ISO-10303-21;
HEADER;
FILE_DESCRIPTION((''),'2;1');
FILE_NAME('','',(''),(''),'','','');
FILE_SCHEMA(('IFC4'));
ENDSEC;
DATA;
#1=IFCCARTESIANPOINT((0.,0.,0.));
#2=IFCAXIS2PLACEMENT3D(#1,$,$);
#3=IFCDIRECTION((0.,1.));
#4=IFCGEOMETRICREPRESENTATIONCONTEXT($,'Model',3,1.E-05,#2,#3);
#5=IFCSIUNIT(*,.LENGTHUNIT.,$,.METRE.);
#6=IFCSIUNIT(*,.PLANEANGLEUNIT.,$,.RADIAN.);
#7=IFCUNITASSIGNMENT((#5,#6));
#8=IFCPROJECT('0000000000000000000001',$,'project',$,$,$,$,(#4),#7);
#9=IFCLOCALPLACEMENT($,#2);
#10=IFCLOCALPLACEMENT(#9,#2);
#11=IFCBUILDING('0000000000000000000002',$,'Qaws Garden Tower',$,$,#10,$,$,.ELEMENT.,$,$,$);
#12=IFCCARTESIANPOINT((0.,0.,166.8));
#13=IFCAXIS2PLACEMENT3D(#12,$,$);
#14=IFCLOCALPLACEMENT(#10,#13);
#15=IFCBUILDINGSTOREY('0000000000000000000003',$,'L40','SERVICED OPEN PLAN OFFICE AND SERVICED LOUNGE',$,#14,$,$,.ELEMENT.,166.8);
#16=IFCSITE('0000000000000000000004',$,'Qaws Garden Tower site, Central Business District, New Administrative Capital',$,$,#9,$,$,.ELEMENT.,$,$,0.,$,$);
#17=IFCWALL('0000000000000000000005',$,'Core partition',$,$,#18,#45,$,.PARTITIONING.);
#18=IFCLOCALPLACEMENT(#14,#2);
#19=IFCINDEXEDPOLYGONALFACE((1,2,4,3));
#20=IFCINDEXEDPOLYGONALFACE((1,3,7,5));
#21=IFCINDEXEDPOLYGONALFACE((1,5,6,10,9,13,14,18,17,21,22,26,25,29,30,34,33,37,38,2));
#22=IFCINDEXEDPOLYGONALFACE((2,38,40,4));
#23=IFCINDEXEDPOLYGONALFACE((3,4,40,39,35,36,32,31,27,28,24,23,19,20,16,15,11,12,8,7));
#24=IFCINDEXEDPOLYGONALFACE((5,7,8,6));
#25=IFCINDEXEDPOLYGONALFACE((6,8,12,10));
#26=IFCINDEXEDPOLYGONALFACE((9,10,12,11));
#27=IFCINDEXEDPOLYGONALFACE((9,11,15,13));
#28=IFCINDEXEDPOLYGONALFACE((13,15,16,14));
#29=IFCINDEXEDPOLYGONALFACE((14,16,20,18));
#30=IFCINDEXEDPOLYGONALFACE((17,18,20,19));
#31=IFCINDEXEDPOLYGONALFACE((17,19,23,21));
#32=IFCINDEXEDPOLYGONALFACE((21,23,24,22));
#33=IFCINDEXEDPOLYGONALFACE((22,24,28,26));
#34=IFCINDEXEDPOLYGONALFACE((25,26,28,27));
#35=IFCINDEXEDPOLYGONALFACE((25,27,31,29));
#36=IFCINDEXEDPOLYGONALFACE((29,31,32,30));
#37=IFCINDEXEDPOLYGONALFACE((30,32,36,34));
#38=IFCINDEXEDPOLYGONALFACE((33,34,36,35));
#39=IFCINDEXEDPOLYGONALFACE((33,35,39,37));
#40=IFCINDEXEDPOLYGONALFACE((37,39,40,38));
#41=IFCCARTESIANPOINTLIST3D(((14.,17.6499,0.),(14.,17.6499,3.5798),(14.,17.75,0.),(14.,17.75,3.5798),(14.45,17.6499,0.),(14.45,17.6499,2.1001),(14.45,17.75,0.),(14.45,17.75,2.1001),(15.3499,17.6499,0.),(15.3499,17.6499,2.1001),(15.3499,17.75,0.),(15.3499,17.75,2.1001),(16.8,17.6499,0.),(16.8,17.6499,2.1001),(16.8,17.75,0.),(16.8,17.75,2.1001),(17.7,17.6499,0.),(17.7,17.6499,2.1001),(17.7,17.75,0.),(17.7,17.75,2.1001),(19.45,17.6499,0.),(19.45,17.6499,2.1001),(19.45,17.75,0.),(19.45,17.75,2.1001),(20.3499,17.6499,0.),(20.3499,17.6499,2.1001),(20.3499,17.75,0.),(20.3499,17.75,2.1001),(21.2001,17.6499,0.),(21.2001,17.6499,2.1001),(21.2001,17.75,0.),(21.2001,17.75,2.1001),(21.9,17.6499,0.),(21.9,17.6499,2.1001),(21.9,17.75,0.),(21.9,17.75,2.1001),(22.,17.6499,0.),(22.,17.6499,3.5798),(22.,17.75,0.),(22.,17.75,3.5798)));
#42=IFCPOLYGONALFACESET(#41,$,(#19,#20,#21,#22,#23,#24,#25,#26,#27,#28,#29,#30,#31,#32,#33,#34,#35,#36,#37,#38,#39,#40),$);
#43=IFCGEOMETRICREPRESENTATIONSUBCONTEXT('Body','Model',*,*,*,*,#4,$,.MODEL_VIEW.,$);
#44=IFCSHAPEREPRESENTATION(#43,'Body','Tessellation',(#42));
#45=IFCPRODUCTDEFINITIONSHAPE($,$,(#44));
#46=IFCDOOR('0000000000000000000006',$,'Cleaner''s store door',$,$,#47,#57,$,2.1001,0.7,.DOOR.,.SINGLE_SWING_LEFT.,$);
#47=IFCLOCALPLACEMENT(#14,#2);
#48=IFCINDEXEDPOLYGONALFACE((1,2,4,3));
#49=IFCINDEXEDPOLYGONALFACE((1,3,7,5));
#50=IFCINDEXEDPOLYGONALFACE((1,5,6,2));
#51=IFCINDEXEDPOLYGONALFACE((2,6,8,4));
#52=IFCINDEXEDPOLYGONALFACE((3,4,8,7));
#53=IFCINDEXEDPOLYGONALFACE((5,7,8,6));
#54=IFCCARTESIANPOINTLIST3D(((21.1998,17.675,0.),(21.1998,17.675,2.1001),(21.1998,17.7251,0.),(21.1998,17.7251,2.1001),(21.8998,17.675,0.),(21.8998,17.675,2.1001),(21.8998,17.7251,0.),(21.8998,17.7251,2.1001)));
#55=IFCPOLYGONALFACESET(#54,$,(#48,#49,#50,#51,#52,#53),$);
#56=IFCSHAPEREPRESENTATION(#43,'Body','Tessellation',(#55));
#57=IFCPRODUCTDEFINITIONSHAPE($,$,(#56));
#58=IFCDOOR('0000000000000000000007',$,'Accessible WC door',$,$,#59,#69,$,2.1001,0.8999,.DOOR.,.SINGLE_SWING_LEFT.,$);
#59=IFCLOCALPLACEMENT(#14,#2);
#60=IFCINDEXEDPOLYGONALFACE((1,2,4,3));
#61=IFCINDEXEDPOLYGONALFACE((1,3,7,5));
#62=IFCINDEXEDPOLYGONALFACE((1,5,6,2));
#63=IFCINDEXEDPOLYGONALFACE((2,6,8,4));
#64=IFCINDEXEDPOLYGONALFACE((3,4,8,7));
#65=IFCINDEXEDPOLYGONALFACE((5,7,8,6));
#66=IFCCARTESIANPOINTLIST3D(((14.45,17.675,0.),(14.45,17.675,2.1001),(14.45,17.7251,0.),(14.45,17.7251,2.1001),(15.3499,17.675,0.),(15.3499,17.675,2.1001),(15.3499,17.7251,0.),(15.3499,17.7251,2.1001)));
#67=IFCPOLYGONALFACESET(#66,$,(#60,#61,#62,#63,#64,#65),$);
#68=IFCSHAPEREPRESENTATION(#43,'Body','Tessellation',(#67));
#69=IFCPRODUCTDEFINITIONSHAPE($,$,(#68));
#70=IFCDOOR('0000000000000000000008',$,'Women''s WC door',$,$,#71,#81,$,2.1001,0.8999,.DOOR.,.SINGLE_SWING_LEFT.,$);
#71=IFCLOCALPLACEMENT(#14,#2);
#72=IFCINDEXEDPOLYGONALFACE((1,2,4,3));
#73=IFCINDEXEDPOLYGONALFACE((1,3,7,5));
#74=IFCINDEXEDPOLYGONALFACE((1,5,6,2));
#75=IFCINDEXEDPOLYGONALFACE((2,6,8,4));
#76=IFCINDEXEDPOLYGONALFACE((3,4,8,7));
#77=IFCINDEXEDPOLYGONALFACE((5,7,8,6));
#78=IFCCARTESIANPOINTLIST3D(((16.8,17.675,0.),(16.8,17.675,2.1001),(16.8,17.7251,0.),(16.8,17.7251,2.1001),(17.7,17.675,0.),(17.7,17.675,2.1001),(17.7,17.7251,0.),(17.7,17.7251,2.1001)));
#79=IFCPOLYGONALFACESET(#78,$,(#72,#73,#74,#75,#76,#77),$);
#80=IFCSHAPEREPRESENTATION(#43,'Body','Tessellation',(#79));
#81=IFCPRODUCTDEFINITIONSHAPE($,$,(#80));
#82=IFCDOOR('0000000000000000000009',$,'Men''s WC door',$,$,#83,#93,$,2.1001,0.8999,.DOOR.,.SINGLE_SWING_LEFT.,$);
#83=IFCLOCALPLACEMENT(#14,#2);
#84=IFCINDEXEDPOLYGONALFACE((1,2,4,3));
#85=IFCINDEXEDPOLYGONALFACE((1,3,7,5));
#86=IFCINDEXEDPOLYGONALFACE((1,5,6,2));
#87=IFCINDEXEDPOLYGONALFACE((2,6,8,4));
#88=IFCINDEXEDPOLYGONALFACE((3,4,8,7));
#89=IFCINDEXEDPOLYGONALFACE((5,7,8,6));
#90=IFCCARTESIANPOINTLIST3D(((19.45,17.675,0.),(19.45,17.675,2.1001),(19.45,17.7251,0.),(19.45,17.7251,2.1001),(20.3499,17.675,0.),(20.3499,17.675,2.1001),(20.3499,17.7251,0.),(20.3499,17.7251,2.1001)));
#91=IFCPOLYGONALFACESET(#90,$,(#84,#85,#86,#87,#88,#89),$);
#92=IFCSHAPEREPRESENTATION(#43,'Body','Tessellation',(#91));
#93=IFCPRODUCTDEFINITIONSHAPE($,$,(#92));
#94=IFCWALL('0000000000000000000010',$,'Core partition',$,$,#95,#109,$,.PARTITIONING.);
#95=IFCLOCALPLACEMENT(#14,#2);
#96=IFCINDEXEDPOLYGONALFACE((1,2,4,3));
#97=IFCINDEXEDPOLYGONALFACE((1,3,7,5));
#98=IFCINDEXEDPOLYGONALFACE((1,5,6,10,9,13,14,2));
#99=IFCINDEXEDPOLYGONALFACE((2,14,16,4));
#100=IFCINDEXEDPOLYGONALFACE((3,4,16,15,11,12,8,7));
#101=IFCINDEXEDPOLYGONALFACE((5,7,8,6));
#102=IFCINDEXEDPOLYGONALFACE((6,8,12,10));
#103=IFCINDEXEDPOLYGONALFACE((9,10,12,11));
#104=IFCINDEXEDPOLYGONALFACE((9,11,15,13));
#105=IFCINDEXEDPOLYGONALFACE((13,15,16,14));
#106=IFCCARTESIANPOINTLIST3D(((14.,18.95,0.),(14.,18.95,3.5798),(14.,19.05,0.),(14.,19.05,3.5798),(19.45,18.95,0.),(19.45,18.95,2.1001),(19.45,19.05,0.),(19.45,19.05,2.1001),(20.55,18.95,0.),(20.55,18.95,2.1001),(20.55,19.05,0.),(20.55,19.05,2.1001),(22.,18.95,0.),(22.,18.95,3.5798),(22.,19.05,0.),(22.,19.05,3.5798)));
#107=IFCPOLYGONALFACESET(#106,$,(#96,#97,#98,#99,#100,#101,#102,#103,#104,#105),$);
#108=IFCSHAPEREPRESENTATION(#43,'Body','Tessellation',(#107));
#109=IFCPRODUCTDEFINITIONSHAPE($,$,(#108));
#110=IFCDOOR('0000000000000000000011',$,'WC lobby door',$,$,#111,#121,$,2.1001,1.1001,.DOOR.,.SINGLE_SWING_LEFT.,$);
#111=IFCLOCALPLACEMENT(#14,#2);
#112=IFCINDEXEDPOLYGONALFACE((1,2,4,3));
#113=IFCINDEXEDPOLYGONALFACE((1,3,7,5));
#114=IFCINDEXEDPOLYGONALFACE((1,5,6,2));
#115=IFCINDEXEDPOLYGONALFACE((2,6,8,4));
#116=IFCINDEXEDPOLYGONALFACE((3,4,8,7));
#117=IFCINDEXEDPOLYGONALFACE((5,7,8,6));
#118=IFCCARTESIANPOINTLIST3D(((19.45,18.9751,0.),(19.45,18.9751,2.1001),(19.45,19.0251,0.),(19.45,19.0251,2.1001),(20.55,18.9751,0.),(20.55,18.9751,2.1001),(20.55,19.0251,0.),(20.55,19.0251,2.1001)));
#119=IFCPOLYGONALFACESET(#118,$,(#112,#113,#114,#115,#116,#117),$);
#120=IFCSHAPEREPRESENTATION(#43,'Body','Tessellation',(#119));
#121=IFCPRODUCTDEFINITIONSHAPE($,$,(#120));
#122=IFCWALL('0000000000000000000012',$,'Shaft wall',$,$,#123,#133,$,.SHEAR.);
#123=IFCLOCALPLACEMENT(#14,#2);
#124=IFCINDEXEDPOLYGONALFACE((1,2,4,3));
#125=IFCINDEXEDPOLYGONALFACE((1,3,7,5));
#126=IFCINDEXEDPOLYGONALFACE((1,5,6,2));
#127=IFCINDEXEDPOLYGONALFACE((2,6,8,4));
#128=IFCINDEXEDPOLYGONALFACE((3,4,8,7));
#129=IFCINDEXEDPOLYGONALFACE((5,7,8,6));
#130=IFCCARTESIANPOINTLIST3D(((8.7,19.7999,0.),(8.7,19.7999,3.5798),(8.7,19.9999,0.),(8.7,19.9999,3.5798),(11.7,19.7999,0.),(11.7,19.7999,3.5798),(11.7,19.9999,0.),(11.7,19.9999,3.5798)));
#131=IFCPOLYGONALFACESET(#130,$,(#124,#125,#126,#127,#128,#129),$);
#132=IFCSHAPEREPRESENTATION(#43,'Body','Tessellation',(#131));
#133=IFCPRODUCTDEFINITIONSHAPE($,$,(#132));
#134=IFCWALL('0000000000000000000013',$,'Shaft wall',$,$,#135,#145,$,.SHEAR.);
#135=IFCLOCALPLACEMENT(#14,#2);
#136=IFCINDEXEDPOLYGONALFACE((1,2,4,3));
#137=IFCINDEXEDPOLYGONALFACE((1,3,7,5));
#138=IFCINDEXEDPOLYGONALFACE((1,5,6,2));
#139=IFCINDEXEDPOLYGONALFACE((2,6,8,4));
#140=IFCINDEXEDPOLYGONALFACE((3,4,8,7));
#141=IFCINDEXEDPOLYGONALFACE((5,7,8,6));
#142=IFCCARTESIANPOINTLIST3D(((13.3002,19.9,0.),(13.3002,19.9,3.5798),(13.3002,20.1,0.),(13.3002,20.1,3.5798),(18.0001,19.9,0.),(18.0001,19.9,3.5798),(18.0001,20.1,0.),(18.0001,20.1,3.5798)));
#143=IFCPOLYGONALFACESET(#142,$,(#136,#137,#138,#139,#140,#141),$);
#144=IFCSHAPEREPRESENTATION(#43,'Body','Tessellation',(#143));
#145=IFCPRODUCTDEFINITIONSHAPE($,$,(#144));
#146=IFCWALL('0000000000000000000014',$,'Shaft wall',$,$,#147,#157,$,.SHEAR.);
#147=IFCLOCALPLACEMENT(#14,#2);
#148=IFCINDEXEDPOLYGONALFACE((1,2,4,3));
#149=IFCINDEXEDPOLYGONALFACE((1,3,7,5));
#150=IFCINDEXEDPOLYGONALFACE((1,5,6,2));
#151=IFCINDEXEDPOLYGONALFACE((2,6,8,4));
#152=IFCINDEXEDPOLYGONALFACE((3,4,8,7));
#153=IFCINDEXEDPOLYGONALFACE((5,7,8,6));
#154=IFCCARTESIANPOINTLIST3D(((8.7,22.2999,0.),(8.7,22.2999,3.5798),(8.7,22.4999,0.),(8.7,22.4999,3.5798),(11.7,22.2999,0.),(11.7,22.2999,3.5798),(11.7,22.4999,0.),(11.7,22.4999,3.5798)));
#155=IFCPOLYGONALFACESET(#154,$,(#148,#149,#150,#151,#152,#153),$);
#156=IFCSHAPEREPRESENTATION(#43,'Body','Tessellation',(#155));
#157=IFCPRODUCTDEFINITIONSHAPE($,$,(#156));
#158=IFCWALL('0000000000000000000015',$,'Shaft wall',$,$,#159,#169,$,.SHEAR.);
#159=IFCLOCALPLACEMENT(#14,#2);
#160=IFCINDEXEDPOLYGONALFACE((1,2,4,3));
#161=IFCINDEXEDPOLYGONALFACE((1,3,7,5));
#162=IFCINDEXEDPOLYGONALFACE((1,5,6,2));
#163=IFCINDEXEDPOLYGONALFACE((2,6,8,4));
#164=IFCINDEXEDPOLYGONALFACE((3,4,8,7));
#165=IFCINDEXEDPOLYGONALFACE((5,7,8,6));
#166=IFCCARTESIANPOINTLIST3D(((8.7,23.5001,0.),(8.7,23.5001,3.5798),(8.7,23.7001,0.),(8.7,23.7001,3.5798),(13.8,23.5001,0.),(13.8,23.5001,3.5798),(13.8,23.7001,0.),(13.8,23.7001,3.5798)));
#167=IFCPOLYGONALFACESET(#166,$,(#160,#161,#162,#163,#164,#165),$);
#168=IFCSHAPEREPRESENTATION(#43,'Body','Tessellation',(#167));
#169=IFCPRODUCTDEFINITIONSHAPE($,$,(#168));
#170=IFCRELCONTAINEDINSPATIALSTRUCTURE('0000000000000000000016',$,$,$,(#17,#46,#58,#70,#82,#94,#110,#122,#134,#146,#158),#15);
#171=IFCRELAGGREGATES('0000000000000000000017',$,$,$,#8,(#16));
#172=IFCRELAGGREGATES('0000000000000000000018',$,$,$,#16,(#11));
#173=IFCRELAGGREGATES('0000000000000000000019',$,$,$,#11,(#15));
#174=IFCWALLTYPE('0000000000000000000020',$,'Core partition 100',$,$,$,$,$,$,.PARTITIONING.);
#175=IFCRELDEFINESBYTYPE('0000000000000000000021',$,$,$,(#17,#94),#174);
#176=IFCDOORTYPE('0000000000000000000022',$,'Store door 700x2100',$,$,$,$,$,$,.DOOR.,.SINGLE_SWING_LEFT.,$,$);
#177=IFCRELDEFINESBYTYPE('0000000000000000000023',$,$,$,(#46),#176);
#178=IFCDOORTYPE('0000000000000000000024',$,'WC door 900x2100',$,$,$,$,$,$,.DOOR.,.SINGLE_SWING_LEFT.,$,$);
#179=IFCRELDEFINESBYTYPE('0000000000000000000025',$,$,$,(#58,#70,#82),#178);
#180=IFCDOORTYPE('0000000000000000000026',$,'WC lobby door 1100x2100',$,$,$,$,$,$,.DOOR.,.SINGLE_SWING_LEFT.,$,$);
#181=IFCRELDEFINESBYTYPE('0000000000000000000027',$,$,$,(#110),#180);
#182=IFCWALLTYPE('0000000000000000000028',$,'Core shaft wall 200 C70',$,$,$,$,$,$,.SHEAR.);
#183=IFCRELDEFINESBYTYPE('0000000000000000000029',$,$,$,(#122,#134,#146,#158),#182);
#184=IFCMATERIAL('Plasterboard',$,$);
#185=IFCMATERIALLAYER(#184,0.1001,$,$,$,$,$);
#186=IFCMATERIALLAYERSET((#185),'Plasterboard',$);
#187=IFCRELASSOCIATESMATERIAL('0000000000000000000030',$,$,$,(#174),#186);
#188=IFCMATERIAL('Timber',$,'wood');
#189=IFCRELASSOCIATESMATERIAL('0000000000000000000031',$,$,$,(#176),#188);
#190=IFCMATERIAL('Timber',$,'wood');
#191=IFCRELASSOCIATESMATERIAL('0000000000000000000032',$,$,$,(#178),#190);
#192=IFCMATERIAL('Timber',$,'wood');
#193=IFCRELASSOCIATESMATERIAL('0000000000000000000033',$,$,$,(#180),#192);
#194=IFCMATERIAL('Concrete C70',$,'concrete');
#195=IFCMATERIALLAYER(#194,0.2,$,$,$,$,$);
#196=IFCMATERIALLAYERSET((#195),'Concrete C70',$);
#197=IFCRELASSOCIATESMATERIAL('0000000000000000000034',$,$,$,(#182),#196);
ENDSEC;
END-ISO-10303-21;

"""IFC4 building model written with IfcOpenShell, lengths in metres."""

from ifc_helpers import new_model, si_unit, direction, frame, frame_2d, origin, place, context, subcontext, project, spatial, rectangle, extrude, material, layer, layer_set, type_object, element, fill, save


model = new_model("IFC4")

# Units and contexts
model_context = context("Model", 3, precision=1e-05, world=origin(), true_north=direction((0.0, 1.0)))
body_context = subcontext(model_context, "Body", "Model", "MODEL_VIEW")
ifc_project = project(units=[si_unit("LENGTHUNIT", "METRE"), si_unit("PLANEANGLEUNIT", "RADIAN")], contexts=[model_context])

# Site, building, storey
site_placement = place(None, origin())
site = spatial("IfcSite", under=ifc_project, at=site_placement, Name="Qaws Garden Tower site, Central Business District, New Administrative Capital", CompositionType="ELEMENT", RefElevation=0.0)
building_placement = place(site_placement, origin())
building = spatial("IfcBuilding", under=site, at=building_placement, Name="Qaws Garden Tower", CompositionType="ELEMENT")
storey_placement = place(building_placement, frame((0.0, 0.0, 166.8)))
storey = spatial("IfcBuildingStorey", under=building, at=storey_placement, Name="L40", Description="SERVICED OPEN PLAN OFFICE AND SERVICED LOUNGE", CompositionType="ELEMENT", Elevation=166.8)

# Wall, openings, doors
ifc_material_1 = material(Name="Plasterboard")
ifc_layer_1 = layer(ifc_material_1, 0.1001)
ifc_layer_set_1 = layer_set([ifc_layer_1], Name="Plasterboard")
wall_type_1 = type_object("IfcWallType", Name="Core partition 100", PredefinedType="PARTITIONING", material=ifc_layer_set_1)
wall_1_placement = place(storey_placement, frame((14.0, 17.7, 0.0), z_axis=(0.0, 0.0, 1.0), x_axis=(1.0, 0.0, 0.0)))
wall_1 = element("IfcWall", 1, at=wall_1_placement, inside=storey, type_object=wall_type_1, Name="Core partition", PredefinedType="PARTITIONING", context=body_context, shape_type="SweptSolid", body=[
    extrude(rectangle(XDim=8.0, YDim=0.1001, at=frame_2d((4.0, 0.0))), origin(), (0.0, 0.0, 1.0), 3.5798),
])
opening_1_placement = place(wall_1_placement, frame((0.45, 0.0, 0.0)))
opening_1 = element("IfcOpeningElement", 2, at=opening_1_placement, cuts=wall_1, PredefinedType="OPENING", context=body_context, shape_type="SweptSolid", body=[
    extrude(rectangle(XDim=0.8999, YDim=2.1001, at=frame_2d((0.45, 1.05))), frame((0.0, 0.0601, 0.0), z_axis=(0.0, -1.0, 0.0), x_axis=(1.0, 0.0, 0.0)), (0.0, 0.0, 1.0), 0.1201),
])
opening_2_placement = place(wall_1_placement, frame((2.8, 0.0, 0.0)))
opening_2 = element("IfcOpeningElement", 3, at=opening_2_placement, cuts=wall_1, PredefinedType="OPENING", context=body_context, shape_type="SweptSolid", body=[
    extrude(rectangle(XDim=0.8999, YDim=2.1001, at=frame_2d((0.45, 1.05))), frame((0.0, 0.0601, 0.0), z_axis=(0.0, -1.0, 0.0), x_axis=(1.0, 0.0, 0.0)), (0.0, 0.0, 1.0), 0.1201),
])
opening_3_placement = place(wall_1_placement, frame((5.45, 0.0, 0.0)))
opening_3 = element("IfcOpeningElement", 4, at=opening_3_placement, cuts=wall_1, PredefinedType="OPENING", context=body_context, shape_type="SweptSolid", body=[
    extrude(rectangle(XDim=0.8999, YDim=2.1001, at=frame_2d((0.45, 1.05))), frame((0.0, 0.0601, 0.0), z_axis=(0.0, -1.0, 0.0), x_axis=(1.0, 0.0, 0.0)), (0.0, 0.0, 1.0), 0.1201),
])
opening_4_placement = place(wall_1_placement, frame((7.2, 0.0, 0.0)))
opening_4 = element("IfcOpeningElement", 5, at=opening_4_placement, cuts=wall_1, PredefinedType="OPENING", context=body_context, shape_type="SweptSolid", body=[
    extrude(rectangle(XDim=0.7, YDim=2.1001, at=frame_2d((0.3501, 1.05))), frame((0.0, 0.0601, 0.0), z_axis=(0.0, -1.0, 0.0), x_axis=(1.0, 0.0, 0.0)), (0.0, 0.0, 1.0), 0.1201),
])
ifc_material_2 = material(Name="Timber", Category="wood")
door_type_1 = type_object("IfcDoorType", Name="Store door 700x2100", OperationType="SINGLE_SWING_LEFT", PredefinedType="DOOR", material=ifc_material_2)
door_1_placement = place(opening_4_placement, frame((0.7, 0.0, 0.0), z_axis=(0.0, 0.0, 1.0), x_axis=(-1.0, 0.0, 0.0)))
door_1 = element("IfcDoor", 6, at=door_1_placement, inside=storey, type_object=door_type_1, Name="Cleaner's store door", OperationType="SINGLE_SWING_LEFT", OverallHeight=2.1001, OverallWidth=0.7, PredefinedType="DOOR", context=body_context, shape_type="SweptSolid", body=[
    extrude(rectangle(XDim=0.7, YDim=2.1001, at=frame_2d((0.3501, 1.05))), frame((0.0, 0.0249, 0.0), z_axis=(0.0, -1.0, 0.0), x_axis=(1.0, 0.0, 0.0)), (0.0, 0.0, 1.0), 0.05),
])
fill(opening_4, door_1)
ifc_material_3 = material(Name="Timber", Category="wood")
door_type_2 = type_object("IfcDoorType", Name="WC door 900x2100", OperationType="SINGLE_SWING_LEFT", PredefinedType="DOOR", material=ifc_material_3)
door_2_placement = place(opening_1_placement, frame((0.8999, 0.0, 0.0), z_axis=(0.0, 0.0, 1.0), x_axis=(-1.0, 0.0, 0.0)))
door_2 = element("IfcDoor", 7, at=door_2_placement, inside=storey, type_object=door_type_2, Name="Accessible WC door", OperationType="SINGLE_SWING_LEFT", OverallHeight=2.1001, OverallWidth=0.8999, PredefinedType="DOOR", context=body_context, shape_type="SweptSolid", body=[
    extrude(rectangle(XDim=0.8999, YDim=2.1001, at=frame_2d((0.45, 1.05))), frame((0.0, 0.0249, 0.0), z_axis=(0.0, -1.0, 0.0), x_axis=(1.0, 0.0, 0.0)), (0.0, 0.0, 1.0), 0.05),
])
fill(opening_1, door_2)
door_3_placement = place(opening_2_placement, frame((0.8999, 0.0, 0.0), z_axis=(0.0, 0.0, 1.0), x_axis=(-1.0, 0.0, 0.0)))
door_3 = element("IfcDoor", 8, at=door_3_placement, inside=storey, type_object=door_type_2, Name="Women's WC door", OperationType="SINGLE_SWING_LEFT", OverallHeight=2.1001, OverallWidth=0.8999, PredefinedType="DOOR", context=body_context, shape_type="SweptSolid", body=[
    extrude(rectangle(XDim=0.8999, YDim=2.1001, at=frame_2d((0.45, 1.05))), frame((0.0, 0.0249, 0.0), z_axis=(0.0, -1.0, 0.0), x_axis=(1.0, 0.0, 0.0)), (0.0, 0.0, 1.0), 0.05),
])
fill(opening_2, door_3)
door_4_placement = place(opening_3_placement, frame((0.8999, 0.0, 0.0), z_axis=(0.0, 0.0, 1.0), x_axis=(-1.0, 0.0, 0.0)))
door_4 = element("IfcDoor", 9, at=door_4_placement, inside=storey, type_object=door_type_2, Name="Men's WC door", OperationType="SINGLE_SWING_LEFT", OverallHeight=2.1001, OverallWidth=0.8999, PredefinedType="DOOR", context=body_context, shape_type="SweptSolid", body=[
    extrude(rectangle(XDim=0.8999, YDim=2.1001, at=frame_2d((0.45, 1.05))), frame((0.0, 0.0249, 0.0), z_axis=(0.0, -1.0, 0.0), x_axis=(1.0, 0.0, 0.0)), (0.0, 0.0, 1.0), 0.05),
])
fill(opening_3, door_4)

# Wall, opening, door
wall_2_placement = place(storey_placement, frame((14.0, 19.0, 0.0), z_axis=(0.0, 0.0, 1.0), x_axis=(1.0, 0.0, 0.0)))
wall_2 = element("IfcWall", 10, at=wall_2_placement, inside=storey, type_object=wall_type_1, Name="Core partition", PredefinedType="PARTITIONING", context=body_context, shape_type="SweptSolid", body=[
    extrude(rectangle(XDim=8.0, YDim=0.1001, at=frame_2d((4.0, 0.0))), origin(), (0.0, 0.0, 1.0), 3.5798),
])
opening_5_placement = place(wall_2_placement, frame((5.45, 0.0, 0.0)))
opening_5 = element("IfcOpeningElement", 11, at=opening_5_placement, cuts=wall_2, PredefinedType="OPENING", context=body_context, shape_type="SweptSolid", body=[
    extrude(rectangle(XDim=1.1001, YDim=2.1001, at=frame_2d((0.55, 1.05))), frame((0.0, 0.0601, 0.0), z_axis=(0.0, -1.0, 0.0), x_axis=(1.0, 0.0, 0.0)), (0.0, 0.0, 1.0), 0.1201),
])
ifc_material_4 = material(Name="Timber", Category="wood")
door_type_3 = type_object("IfcDoorType", Name="WC lobby door 1100x2100", OperationType="SINGLE_SWING_LEFT", PredefinedType="DOOR", material=ifc_material_4)
door_5_placement = place(opening_5_placement, frame((1.1001, 0.0, 0.0), z_axis=(0.0, 0.0, 1.0), x_axis=(-1.0, 0.0, 0.0)))
door_5 = element("IfcDoor", 12, at=door_5_placement, inside=storey, type_object=door_type_3, Name="WC lobby door", OperationType="SINGLE_SWING_LEFT", OverallHeight=2.1001, OverallWidth=1.1001, PredefinedType="DOOR", context=body_context, shape_type="SweptSolid", body=[
    extrude(rectangle(XDim=1.1001, YDim=2.1001, at=frame_2d((0.55, 1.05))), frame((0.0, 0.0249, 0.0), z_axis=(0.0, -1.0, 0.0), x_axis=(1.0, 0.0, 0.0)), (0.0, 0.0, 1.0), 0.05),
])
fill(opening_5, door_5)

# Walls
ifc_material_5 = material(Name="Concrete C70", Category="concrete")
ifc_layer_2 = layer(ifc_material_5, 0.2)
ifc_layer_set_2 = layer_set([ifc_layer_2], Name="Concrete C70")
wall_type_2 = type_object("IfcWallType", Name="Core shaft wall 200 C70", PredefinedType="SHEAR", material=ifc_layer_set_2)
wall_3_placement = place(storey_placement, frame((8.7, 19.8999, 0.0), z_axis=(0.0, 0.0, 1.0), x_axis=(1.0, 0.0, 0.0)))
element("IfcWall", 13, at=wall_3_placement, inside=storey, type_object=wall_type_2, Name="Shaft wall", PredefinedType="SHEAR", context=body_context, shape_type="SweptSolid", body=[
    extrude(rectangle(XDim=3.0, YDim=0.2, at=frame_2d((1.5, 0.0))), origin(), (0.0, 0.0, 1.0), 3.5798),
])
wall_4_placement = place(storey_placement, frame((13.3, 20.0, 0.0), z_axis=(0.0, 0.0, 1.0), x_axis=(1.0, 0.0, 0.0)))
element("IfcWall", 14, at=wall_4_placement, inside=storey, type_object=wall_type_2, Name="Shaft wall", PredefinedType="SHEAR", context=body_context, shape_type="SweptSolid", body=[
    extrude(rectangle(XDim=4.7, YDim=0.2, at=frame_2d((2.3501, 0.0))), origin(), (0.0, 0.0, 1.0), 3.5798),
])
wall_5_placement = place(storey_placement, frame((8.7, 22.3999, 0.0), z_axis=(0.0, 0.0, 1.0), x_axis=(1.0, 0.0, 0.0)))
element("IfcWall", 15, at=wall_5_placement, inside=storey, type_object=wall_type_2, Name="Shaft wall", PredefinedType="SHEAR", context=body_context, shape_type="SweptSolid", body=[
    extrude(rectangle(XDim=3.0, YDim=0.2, at=frame_2d((1.5, 0.0))), origin(), (0.0, 0.0, 1.0), 3.5798),
])
wall_6_placement = place(storey_placement, frame((8.7, 23.6001, 0.0), z_axis=(0.0, 0.0, 1.0), x_axis=(1.0, 0.0, 0.0)))
element("IfcWall", 16, at=wall_6_placement, inside=storey, type_object=wall_type_2, Name="Shaft wall", PredefinedType="SHEAR", context=body_context, shape_type="SweptSolid", body=[
    extrude(rectangle(XDim=5.1001, YDim=0.2, at=frame_2d((2.55, 0.0))), origin(), (0.0, 0.0, 1.0), 3.5798),
])

save(model, "model.ifc")
